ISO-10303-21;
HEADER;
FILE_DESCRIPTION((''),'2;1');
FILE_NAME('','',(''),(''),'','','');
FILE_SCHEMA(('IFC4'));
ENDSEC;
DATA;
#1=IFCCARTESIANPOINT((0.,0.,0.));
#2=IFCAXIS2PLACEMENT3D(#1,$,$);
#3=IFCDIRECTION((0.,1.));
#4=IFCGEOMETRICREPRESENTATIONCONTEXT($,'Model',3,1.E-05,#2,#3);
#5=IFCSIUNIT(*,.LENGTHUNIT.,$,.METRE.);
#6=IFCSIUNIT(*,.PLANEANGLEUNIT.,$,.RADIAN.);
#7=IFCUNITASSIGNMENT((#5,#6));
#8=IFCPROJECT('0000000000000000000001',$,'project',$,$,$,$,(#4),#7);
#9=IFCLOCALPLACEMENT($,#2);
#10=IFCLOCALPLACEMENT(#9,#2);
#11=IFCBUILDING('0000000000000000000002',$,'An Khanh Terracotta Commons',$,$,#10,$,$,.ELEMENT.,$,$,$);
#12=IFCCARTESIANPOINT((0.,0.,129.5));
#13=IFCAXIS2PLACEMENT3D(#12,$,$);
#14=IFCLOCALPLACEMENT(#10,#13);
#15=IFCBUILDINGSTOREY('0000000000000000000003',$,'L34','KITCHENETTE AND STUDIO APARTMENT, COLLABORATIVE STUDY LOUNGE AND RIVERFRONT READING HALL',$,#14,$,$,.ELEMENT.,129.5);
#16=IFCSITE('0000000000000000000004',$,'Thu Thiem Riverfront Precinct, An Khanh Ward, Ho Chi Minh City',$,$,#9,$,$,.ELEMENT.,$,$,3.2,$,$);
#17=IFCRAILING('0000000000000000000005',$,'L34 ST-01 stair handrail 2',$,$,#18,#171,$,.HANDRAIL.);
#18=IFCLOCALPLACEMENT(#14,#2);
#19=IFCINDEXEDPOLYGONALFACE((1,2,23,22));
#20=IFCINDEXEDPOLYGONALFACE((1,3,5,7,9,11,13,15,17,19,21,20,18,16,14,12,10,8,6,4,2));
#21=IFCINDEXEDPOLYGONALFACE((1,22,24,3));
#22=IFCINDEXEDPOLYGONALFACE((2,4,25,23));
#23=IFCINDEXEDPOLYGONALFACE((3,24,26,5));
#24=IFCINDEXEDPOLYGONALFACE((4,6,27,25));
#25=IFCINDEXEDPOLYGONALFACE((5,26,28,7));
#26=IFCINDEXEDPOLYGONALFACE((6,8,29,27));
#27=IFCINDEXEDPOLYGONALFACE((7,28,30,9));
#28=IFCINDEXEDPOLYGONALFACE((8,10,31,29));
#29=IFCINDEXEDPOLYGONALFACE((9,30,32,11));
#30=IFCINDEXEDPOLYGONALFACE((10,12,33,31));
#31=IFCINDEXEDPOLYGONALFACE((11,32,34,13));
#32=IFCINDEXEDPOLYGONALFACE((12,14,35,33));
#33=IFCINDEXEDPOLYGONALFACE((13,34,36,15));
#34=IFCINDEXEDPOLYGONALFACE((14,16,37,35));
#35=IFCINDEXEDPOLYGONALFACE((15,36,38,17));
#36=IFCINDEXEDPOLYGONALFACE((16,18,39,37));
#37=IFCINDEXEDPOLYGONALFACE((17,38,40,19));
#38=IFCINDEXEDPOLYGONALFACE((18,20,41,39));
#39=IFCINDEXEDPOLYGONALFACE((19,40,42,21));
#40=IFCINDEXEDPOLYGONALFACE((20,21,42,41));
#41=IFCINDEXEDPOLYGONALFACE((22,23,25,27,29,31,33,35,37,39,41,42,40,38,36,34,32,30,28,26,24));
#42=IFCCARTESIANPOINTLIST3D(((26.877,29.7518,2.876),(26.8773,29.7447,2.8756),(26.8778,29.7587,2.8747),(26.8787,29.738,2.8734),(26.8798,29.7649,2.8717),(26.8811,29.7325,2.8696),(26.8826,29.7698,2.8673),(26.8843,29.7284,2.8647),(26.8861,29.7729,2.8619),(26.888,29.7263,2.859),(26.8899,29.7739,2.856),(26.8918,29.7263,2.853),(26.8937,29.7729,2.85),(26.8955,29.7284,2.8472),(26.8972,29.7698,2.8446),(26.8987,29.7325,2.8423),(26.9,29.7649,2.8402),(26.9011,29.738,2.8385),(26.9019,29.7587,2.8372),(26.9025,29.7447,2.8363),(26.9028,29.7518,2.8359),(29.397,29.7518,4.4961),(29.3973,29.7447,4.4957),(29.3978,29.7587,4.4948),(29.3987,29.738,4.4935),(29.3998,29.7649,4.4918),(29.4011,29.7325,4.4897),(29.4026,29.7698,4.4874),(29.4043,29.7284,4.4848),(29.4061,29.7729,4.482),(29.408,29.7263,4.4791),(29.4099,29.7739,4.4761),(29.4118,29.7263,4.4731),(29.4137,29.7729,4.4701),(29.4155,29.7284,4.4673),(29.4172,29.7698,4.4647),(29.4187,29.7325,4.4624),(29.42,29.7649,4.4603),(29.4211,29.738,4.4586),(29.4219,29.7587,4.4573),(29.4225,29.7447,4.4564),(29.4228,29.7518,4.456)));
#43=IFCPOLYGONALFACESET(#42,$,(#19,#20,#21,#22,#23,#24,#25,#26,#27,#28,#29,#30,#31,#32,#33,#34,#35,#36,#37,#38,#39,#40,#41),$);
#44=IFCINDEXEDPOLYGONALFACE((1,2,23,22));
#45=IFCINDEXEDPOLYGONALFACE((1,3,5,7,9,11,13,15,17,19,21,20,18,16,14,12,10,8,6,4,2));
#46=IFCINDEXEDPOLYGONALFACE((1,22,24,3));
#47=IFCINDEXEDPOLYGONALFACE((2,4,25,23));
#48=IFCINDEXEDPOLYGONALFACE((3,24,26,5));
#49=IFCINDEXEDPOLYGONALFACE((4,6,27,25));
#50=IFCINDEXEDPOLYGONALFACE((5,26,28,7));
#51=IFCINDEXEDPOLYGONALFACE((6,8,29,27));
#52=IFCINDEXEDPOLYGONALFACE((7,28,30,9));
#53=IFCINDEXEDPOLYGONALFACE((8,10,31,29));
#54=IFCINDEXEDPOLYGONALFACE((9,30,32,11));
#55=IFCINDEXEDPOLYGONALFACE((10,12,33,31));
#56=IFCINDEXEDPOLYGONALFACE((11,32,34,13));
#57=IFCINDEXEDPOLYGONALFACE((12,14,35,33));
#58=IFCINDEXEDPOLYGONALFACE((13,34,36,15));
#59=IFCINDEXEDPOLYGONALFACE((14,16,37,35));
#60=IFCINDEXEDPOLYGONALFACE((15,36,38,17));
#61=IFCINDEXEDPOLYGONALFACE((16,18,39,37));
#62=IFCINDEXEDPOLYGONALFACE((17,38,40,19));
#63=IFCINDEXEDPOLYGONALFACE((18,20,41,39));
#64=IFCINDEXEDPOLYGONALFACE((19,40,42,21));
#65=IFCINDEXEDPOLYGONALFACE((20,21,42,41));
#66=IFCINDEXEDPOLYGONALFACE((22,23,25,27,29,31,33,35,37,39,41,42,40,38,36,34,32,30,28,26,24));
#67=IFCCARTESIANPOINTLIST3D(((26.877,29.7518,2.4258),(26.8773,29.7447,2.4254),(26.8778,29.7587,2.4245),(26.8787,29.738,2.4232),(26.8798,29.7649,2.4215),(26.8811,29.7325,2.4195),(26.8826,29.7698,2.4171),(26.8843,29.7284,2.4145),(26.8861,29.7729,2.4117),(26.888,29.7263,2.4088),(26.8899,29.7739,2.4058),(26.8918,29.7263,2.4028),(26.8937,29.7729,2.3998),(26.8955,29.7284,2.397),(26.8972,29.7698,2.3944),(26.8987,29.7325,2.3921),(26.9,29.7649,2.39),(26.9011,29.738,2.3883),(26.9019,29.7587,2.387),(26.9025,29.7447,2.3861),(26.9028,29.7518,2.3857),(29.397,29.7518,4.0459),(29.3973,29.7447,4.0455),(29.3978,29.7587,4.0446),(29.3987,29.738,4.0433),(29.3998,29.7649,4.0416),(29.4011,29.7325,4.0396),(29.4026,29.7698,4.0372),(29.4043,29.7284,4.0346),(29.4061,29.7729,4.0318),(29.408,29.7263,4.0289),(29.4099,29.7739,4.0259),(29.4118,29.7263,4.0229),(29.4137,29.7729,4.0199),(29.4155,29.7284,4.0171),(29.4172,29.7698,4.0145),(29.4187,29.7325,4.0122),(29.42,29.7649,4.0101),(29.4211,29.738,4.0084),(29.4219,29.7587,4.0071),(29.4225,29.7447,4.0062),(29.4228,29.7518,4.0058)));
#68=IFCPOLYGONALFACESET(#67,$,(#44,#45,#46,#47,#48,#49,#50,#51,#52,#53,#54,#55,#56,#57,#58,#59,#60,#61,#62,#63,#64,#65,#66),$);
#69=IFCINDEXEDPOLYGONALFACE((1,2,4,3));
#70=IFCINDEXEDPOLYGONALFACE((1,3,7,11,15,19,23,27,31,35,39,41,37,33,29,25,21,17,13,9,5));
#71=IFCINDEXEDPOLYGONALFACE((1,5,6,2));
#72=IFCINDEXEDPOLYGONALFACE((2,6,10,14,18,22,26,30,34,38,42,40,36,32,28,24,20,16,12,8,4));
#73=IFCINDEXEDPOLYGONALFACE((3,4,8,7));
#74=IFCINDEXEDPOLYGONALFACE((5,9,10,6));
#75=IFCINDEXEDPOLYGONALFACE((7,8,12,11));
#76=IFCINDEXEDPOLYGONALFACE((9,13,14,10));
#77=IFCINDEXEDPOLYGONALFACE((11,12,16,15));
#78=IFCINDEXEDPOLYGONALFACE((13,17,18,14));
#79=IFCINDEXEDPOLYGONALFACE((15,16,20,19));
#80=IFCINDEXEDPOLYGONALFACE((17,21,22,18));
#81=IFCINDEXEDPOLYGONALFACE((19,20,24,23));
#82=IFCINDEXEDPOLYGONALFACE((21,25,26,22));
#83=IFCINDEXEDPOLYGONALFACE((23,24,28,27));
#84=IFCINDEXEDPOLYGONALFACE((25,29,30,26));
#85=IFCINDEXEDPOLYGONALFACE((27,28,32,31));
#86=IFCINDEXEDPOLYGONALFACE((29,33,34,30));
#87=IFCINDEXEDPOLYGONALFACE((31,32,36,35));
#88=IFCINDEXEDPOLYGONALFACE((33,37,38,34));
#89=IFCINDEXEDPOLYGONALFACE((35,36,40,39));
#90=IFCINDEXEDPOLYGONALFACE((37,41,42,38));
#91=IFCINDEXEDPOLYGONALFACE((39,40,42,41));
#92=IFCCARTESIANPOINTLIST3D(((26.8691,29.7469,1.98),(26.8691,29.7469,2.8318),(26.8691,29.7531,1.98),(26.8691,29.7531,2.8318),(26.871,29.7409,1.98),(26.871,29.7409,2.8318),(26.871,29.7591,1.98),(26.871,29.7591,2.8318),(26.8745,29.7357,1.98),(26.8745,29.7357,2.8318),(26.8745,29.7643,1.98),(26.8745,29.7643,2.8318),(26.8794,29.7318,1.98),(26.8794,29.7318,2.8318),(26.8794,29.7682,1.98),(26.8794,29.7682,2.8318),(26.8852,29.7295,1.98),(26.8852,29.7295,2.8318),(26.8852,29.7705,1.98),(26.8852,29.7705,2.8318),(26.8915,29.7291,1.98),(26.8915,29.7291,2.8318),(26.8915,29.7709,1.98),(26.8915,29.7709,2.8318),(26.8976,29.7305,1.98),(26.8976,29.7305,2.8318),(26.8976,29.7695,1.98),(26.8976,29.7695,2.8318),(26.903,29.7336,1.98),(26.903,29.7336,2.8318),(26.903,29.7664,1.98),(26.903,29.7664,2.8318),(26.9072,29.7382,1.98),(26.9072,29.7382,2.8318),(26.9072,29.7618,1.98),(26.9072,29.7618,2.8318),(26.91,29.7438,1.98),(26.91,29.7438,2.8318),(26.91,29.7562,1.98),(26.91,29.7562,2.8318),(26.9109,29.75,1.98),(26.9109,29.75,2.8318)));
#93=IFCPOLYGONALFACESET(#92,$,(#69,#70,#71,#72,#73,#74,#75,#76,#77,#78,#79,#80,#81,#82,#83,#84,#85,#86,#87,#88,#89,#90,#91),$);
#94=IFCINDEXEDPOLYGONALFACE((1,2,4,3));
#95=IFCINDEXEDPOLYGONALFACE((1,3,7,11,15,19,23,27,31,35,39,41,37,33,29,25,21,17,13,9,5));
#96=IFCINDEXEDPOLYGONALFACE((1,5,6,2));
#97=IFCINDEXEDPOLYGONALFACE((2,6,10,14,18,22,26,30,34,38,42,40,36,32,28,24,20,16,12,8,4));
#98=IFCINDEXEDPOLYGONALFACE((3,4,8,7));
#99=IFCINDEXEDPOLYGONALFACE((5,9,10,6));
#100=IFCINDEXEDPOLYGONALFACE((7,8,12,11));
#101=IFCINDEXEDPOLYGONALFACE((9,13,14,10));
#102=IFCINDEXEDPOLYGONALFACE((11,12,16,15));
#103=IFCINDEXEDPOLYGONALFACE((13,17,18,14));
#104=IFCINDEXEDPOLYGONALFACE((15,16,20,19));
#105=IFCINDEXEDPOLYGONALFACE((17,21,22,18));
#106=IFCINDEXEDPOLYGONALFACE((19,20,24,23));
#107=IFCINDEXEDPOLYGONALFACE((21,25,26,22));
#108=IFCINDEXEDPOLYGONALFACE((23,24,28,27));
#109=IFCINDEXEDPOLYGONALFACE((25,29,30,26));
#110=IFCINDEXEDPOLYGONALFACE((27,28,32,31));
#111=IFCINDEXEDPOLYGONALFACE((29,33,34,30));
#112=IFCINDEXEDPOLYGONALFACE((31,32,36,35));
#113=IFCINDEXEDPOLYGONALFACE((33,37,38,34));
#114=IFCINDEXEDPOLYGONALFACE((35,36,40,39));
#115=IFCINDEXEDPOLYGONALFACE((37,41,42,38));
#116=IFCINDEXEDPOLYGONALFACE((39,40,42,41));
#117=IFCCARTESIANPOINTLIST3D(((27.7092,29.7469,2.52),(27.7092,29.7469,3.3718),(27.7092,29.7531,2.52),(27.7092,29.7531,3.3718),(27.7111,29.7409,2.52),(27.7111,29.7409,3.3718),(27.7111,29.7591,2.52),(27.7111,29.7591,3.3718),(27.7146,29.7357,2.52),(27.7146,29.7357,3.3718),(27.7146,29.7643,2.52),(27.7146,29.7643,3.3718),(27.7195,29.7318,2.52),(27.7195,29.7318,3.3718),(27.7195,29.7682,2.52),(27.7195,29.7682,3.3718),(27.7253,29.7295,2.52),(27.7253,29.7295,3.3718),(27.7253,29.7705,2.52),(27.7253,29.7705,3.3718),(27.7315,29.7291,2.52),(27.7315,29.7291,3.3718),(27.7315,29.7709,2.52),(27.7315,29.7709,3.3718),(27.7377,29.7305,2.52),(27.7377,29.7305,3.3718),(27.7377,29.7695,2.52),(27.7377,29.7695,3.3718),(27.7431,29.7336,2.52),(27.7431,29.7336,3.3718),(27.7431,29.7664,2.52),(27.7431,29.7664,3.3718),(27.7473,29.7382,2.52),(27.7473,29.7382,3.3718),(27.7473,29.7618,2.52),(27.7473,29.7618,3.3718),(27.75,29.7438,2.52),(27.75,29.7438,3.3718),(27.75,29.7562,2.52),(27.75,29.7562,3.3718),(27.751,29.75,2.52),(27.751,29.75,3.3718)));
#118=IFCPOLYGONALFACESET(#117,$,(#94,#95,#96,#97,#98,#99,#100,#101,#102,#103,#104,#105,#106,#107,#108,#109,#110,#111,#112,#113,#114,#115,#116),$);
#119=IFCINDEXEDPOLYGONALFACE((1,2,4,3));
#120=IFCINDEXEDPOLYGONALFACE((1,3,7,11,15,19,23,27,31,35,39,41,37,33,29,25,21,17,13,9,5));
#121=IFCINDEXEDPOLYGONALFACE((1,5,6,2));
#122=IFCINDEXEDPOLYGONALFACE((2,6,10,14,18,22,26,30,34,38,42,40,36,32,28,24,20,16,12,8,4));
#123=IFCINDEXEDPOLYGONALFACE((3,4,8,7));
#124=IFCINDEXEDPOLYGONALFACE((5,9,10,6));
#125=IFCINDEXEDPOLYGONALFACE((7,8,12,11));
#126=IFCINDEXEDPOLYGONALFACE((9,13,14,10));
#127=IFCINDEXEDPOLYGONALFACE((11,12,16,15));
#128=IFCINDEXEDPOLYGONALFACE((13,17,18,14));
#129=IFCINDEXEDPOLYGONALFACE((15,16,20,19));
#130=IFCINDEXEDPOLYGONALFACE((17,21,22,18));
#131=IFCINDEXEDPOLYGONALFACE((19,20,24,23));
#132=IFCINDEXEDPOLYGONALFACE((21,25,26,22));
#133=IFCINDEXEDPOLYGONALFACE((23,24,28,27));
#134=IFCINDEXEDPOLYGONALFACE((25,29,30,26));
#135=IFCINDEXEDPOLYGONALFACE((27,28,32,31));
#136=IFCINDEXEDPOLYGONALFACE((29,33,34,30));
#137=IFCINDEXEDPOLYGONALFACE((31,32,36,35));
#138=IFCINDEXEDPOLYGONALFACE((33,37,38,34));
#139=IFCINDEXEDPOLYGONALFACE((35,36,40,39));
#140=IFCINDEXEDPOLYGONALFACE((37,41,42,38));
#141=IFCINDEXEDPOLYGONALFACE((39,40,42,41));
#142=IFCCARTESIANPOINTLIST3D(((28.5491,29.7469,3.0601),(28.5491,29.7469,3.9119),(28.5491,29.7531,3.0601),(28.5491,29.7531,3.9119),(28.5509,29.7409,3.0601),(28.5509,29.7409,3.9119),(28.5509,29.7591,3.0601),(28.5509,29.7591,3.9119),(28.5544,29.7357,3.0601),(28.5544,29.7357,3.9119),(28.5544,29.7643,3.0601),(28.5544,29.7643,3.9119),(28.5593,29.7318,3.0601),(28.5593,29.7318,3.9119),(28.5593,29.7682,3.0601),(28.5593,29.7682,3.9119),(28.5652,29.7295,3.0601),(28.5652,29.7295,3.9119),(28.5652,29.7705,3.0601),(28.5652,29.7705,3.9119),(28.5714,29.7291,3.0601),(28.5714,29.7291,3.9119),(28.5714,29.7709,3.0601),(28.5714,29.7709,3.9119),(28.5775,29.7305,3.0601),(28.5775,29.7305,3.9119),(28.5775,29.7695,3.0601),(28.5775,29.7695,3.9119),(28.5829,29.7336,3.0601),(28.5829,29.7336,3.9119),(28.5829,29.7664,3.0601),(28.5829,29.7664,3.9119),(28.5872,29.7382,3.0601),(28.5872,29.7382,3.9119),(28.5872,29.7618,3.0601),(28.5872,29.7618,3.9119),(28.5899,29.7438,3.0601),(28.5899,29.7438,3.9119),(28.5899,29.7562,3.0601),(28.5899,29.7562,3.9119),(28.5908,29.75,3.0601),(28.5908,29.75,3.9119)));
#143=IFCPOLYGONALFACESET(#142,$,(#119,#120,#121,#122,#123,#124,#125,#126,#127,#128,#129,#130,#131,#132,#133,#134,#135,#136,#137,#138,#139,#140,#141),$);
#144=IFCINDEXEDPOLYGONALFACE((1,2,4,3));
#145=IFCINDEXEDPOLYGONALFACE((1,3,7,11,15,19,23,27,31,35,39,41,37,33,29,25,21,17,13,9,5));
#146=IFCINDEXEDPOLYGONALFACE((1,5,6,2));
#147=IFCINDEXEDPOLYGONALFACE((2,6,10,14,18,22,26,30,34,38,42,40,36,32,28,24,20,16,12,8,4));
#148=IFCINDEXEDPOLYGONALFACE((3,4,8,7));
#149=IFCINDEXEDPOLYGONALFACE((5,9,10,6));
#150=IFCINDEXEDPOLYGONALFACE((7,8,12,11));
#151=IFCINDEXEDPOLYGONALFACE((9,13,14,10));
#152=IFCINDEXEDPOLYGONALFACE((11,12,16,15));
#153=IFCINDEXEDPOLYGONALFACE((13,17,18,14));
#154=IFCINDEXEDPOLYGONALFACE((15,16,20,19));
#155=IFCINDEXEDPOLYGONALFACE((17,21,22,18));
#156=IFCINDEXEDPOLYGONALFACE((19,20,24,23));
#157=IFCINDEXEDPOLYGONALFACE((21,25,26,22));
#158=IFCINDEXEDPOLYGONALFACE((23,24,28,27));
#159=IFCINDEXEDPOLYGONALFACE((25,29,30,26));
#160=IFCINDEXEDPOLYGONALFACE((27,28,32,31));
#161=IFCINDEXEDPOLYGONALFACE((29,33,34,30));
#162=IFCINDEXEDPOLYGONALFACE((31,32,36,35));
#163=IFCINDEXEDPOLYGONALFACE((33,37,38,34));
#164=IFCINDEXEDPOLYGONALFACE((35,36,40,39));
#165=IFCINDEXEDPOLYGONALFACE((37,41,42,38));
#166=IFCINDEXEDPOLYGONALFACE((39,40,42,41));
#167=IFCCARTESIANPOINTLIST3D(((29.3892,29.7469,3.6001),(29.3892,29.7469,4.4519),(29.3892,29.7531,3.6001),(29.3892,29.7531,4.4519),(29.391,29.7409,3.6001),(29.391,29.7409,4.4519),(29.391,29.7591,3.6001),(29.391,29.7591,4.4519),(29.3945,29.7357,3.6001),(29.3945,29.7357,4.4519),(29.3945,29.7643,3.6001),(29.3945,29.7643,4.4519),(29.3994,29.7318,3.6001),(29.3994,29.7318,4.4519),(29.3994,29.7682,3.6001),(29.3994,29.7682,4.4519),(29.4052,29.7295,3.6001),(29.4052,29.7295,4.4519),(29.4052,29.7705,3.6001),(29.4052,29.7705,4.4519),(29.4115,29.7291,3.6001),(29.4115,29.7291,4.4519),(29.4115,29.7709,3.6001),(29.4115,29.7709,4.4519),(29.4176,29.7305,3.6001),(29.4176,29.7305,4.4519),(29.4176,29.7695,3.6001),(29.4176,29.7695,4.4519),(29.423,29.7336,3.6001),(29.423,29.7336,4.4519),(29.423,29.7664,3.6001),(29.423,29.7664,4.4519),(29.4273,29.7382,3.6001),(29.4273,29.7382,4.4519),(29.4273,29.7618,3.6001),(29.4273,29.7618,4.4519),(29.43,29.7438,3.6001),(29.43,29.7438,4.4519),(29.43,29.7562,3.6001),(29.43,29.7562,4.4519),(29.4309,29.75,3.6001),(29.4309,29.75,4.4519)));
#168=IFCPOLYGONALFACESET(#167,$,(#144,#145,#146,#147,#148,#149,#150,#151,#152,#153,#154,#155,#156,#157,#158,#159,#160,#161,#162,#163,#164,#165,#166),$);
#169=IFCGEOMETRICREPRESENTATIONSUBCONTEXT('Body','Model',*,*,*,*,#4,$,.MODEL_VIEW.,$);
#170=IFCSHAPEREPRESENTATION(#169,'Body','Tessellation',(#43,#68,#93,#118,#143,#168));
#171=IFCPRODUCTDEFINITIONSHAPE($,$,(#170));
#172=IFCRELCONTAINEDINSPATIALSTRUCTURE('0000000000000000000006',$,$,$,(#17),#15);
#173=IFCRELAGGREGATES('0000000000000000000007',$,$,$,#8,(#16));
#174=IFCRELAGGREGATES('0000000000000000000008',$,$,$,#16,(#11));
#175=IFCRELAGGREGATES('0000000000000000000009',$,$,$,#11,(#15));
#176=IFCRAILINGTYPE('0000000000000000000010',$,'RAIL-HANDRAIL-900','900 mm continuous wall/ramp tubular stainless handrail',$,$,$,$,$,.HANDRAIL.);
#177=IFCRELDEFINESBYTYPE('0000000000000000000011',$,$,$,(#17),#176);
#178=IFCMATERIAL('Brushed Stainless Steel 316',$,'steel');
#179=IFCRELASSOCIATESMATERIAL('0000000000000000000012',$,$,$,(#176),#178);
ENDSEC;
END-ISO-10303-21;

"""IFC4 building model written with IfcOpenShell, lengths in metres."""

from ifc_helpers import new_model, si_unit, direction, frame, origin, origin_2d, place, context, subcontext, project, spatial, circle, extrude, material, type_object, element, save


model = new_model("IFC4")

# Units and contexts
model_context = context("Model", 3, precision=1e-05, world=origin(), true_north=direction((0.0, 1.0)))
body_context = subcontext(model_context, "Body", "Model", "MODEL_VIEW")
ifc_project = project(units=[si_unit("LENGTHUNIT", "METRE"), si_unit("PLANEANGLEUNIT", "RADIAN")], contexts=[model_context])

# Site, building, storey
site_placement = place(None, origin())
site = spatial("IfcSite", under=ifc_project, at=site_placement, Name="Thu Thiem Riverfront Precinct, An Khanh Ward, Ho Chi Minh City", CompositionType="ELEMENT", RefElevation=3.2)
building_placement = place(site_placement, origin())
building = spatial("IfcBuilding", under=site, at=building_placement, Name="An Khanh Terracotta Commons", CompositionType="ELEMENT")
storey_placement = place(building_placement, frame((0.0, 0.0, 129.5)))
storey = spatial("IfcBuildingStorey", under=building, at=storey_placement, Name="L34", Description="KITCHENETTE AND STUDIO APARTMENT, COLLABORATIVE STUDY LOUNGE AND RIVERFRONT READING HALL", CompositionType="ELEMENT", Elevation=129.5)

# Railing
ifc_material_1 = material(Name="Brushed Stainless Steel 316", Category="steel")
railing_type_1 = type_object("IfcRailingType", Name="RAIL-HANDRAIL-900", Description="900 mm continuous wall/ramp tubular stainless handrail", PredefinedType="HANDRAIL", material=ifc_material_1)
railing_1_placement = place(storey_placement, frame((26.8899, 29.75, 1.98)))
element("IfcRailing", 1, at=railing_1_placement, inside=storey, type_object=railing_type_1, Name="L34 ST-01 stair handrail 2", PredefinedType="HANDRAIL", context=body_context, shape_type="SweptSolid", body=[
    extrude(circle(Radius=0.0239, at=origin_2d()), frame((0.0, 0.0, 0.876), z_axis=(0.841163, 0.0, 0.540782), x_axis=(0.0, 1.0, 0.0)), (0.0, 0.0, 1.0), 2.9958),
    extrude(circle(Radius=0.0239, at=origin_2d()), frame((0.0, 0.0, 0.4258), z_axis=(0.841163, 0.0, 0.540782), x_axis=(0.0, 1.0, 0.0)), (0.0, 0.0, 1.0), 2.9958),
    extrude(circle(Radius=0.021, at=origin_2d()), origin(), (0.0, 0.0, 1.0), 0.8518),
    extrude(circle(Radius=0.021, at=origin_2d()), frame((0.8401, 0.0, 0.54)), (0.0, 0.0, 1.0), 0.8518),
    extrude(circle(Radius=0.021, at=origin_2d()), frame((1.6799, 0.0, 1.0801)), (0.0, 0.0, 1.0), 0.8518),
    extrude(circle(Radius=0.021, at=origin_2d()), frame((2.52, 0.0, 1.6201)), (0.0, 0.0, 1.0), 0.8518),
])

save(model, "model.ifc")
